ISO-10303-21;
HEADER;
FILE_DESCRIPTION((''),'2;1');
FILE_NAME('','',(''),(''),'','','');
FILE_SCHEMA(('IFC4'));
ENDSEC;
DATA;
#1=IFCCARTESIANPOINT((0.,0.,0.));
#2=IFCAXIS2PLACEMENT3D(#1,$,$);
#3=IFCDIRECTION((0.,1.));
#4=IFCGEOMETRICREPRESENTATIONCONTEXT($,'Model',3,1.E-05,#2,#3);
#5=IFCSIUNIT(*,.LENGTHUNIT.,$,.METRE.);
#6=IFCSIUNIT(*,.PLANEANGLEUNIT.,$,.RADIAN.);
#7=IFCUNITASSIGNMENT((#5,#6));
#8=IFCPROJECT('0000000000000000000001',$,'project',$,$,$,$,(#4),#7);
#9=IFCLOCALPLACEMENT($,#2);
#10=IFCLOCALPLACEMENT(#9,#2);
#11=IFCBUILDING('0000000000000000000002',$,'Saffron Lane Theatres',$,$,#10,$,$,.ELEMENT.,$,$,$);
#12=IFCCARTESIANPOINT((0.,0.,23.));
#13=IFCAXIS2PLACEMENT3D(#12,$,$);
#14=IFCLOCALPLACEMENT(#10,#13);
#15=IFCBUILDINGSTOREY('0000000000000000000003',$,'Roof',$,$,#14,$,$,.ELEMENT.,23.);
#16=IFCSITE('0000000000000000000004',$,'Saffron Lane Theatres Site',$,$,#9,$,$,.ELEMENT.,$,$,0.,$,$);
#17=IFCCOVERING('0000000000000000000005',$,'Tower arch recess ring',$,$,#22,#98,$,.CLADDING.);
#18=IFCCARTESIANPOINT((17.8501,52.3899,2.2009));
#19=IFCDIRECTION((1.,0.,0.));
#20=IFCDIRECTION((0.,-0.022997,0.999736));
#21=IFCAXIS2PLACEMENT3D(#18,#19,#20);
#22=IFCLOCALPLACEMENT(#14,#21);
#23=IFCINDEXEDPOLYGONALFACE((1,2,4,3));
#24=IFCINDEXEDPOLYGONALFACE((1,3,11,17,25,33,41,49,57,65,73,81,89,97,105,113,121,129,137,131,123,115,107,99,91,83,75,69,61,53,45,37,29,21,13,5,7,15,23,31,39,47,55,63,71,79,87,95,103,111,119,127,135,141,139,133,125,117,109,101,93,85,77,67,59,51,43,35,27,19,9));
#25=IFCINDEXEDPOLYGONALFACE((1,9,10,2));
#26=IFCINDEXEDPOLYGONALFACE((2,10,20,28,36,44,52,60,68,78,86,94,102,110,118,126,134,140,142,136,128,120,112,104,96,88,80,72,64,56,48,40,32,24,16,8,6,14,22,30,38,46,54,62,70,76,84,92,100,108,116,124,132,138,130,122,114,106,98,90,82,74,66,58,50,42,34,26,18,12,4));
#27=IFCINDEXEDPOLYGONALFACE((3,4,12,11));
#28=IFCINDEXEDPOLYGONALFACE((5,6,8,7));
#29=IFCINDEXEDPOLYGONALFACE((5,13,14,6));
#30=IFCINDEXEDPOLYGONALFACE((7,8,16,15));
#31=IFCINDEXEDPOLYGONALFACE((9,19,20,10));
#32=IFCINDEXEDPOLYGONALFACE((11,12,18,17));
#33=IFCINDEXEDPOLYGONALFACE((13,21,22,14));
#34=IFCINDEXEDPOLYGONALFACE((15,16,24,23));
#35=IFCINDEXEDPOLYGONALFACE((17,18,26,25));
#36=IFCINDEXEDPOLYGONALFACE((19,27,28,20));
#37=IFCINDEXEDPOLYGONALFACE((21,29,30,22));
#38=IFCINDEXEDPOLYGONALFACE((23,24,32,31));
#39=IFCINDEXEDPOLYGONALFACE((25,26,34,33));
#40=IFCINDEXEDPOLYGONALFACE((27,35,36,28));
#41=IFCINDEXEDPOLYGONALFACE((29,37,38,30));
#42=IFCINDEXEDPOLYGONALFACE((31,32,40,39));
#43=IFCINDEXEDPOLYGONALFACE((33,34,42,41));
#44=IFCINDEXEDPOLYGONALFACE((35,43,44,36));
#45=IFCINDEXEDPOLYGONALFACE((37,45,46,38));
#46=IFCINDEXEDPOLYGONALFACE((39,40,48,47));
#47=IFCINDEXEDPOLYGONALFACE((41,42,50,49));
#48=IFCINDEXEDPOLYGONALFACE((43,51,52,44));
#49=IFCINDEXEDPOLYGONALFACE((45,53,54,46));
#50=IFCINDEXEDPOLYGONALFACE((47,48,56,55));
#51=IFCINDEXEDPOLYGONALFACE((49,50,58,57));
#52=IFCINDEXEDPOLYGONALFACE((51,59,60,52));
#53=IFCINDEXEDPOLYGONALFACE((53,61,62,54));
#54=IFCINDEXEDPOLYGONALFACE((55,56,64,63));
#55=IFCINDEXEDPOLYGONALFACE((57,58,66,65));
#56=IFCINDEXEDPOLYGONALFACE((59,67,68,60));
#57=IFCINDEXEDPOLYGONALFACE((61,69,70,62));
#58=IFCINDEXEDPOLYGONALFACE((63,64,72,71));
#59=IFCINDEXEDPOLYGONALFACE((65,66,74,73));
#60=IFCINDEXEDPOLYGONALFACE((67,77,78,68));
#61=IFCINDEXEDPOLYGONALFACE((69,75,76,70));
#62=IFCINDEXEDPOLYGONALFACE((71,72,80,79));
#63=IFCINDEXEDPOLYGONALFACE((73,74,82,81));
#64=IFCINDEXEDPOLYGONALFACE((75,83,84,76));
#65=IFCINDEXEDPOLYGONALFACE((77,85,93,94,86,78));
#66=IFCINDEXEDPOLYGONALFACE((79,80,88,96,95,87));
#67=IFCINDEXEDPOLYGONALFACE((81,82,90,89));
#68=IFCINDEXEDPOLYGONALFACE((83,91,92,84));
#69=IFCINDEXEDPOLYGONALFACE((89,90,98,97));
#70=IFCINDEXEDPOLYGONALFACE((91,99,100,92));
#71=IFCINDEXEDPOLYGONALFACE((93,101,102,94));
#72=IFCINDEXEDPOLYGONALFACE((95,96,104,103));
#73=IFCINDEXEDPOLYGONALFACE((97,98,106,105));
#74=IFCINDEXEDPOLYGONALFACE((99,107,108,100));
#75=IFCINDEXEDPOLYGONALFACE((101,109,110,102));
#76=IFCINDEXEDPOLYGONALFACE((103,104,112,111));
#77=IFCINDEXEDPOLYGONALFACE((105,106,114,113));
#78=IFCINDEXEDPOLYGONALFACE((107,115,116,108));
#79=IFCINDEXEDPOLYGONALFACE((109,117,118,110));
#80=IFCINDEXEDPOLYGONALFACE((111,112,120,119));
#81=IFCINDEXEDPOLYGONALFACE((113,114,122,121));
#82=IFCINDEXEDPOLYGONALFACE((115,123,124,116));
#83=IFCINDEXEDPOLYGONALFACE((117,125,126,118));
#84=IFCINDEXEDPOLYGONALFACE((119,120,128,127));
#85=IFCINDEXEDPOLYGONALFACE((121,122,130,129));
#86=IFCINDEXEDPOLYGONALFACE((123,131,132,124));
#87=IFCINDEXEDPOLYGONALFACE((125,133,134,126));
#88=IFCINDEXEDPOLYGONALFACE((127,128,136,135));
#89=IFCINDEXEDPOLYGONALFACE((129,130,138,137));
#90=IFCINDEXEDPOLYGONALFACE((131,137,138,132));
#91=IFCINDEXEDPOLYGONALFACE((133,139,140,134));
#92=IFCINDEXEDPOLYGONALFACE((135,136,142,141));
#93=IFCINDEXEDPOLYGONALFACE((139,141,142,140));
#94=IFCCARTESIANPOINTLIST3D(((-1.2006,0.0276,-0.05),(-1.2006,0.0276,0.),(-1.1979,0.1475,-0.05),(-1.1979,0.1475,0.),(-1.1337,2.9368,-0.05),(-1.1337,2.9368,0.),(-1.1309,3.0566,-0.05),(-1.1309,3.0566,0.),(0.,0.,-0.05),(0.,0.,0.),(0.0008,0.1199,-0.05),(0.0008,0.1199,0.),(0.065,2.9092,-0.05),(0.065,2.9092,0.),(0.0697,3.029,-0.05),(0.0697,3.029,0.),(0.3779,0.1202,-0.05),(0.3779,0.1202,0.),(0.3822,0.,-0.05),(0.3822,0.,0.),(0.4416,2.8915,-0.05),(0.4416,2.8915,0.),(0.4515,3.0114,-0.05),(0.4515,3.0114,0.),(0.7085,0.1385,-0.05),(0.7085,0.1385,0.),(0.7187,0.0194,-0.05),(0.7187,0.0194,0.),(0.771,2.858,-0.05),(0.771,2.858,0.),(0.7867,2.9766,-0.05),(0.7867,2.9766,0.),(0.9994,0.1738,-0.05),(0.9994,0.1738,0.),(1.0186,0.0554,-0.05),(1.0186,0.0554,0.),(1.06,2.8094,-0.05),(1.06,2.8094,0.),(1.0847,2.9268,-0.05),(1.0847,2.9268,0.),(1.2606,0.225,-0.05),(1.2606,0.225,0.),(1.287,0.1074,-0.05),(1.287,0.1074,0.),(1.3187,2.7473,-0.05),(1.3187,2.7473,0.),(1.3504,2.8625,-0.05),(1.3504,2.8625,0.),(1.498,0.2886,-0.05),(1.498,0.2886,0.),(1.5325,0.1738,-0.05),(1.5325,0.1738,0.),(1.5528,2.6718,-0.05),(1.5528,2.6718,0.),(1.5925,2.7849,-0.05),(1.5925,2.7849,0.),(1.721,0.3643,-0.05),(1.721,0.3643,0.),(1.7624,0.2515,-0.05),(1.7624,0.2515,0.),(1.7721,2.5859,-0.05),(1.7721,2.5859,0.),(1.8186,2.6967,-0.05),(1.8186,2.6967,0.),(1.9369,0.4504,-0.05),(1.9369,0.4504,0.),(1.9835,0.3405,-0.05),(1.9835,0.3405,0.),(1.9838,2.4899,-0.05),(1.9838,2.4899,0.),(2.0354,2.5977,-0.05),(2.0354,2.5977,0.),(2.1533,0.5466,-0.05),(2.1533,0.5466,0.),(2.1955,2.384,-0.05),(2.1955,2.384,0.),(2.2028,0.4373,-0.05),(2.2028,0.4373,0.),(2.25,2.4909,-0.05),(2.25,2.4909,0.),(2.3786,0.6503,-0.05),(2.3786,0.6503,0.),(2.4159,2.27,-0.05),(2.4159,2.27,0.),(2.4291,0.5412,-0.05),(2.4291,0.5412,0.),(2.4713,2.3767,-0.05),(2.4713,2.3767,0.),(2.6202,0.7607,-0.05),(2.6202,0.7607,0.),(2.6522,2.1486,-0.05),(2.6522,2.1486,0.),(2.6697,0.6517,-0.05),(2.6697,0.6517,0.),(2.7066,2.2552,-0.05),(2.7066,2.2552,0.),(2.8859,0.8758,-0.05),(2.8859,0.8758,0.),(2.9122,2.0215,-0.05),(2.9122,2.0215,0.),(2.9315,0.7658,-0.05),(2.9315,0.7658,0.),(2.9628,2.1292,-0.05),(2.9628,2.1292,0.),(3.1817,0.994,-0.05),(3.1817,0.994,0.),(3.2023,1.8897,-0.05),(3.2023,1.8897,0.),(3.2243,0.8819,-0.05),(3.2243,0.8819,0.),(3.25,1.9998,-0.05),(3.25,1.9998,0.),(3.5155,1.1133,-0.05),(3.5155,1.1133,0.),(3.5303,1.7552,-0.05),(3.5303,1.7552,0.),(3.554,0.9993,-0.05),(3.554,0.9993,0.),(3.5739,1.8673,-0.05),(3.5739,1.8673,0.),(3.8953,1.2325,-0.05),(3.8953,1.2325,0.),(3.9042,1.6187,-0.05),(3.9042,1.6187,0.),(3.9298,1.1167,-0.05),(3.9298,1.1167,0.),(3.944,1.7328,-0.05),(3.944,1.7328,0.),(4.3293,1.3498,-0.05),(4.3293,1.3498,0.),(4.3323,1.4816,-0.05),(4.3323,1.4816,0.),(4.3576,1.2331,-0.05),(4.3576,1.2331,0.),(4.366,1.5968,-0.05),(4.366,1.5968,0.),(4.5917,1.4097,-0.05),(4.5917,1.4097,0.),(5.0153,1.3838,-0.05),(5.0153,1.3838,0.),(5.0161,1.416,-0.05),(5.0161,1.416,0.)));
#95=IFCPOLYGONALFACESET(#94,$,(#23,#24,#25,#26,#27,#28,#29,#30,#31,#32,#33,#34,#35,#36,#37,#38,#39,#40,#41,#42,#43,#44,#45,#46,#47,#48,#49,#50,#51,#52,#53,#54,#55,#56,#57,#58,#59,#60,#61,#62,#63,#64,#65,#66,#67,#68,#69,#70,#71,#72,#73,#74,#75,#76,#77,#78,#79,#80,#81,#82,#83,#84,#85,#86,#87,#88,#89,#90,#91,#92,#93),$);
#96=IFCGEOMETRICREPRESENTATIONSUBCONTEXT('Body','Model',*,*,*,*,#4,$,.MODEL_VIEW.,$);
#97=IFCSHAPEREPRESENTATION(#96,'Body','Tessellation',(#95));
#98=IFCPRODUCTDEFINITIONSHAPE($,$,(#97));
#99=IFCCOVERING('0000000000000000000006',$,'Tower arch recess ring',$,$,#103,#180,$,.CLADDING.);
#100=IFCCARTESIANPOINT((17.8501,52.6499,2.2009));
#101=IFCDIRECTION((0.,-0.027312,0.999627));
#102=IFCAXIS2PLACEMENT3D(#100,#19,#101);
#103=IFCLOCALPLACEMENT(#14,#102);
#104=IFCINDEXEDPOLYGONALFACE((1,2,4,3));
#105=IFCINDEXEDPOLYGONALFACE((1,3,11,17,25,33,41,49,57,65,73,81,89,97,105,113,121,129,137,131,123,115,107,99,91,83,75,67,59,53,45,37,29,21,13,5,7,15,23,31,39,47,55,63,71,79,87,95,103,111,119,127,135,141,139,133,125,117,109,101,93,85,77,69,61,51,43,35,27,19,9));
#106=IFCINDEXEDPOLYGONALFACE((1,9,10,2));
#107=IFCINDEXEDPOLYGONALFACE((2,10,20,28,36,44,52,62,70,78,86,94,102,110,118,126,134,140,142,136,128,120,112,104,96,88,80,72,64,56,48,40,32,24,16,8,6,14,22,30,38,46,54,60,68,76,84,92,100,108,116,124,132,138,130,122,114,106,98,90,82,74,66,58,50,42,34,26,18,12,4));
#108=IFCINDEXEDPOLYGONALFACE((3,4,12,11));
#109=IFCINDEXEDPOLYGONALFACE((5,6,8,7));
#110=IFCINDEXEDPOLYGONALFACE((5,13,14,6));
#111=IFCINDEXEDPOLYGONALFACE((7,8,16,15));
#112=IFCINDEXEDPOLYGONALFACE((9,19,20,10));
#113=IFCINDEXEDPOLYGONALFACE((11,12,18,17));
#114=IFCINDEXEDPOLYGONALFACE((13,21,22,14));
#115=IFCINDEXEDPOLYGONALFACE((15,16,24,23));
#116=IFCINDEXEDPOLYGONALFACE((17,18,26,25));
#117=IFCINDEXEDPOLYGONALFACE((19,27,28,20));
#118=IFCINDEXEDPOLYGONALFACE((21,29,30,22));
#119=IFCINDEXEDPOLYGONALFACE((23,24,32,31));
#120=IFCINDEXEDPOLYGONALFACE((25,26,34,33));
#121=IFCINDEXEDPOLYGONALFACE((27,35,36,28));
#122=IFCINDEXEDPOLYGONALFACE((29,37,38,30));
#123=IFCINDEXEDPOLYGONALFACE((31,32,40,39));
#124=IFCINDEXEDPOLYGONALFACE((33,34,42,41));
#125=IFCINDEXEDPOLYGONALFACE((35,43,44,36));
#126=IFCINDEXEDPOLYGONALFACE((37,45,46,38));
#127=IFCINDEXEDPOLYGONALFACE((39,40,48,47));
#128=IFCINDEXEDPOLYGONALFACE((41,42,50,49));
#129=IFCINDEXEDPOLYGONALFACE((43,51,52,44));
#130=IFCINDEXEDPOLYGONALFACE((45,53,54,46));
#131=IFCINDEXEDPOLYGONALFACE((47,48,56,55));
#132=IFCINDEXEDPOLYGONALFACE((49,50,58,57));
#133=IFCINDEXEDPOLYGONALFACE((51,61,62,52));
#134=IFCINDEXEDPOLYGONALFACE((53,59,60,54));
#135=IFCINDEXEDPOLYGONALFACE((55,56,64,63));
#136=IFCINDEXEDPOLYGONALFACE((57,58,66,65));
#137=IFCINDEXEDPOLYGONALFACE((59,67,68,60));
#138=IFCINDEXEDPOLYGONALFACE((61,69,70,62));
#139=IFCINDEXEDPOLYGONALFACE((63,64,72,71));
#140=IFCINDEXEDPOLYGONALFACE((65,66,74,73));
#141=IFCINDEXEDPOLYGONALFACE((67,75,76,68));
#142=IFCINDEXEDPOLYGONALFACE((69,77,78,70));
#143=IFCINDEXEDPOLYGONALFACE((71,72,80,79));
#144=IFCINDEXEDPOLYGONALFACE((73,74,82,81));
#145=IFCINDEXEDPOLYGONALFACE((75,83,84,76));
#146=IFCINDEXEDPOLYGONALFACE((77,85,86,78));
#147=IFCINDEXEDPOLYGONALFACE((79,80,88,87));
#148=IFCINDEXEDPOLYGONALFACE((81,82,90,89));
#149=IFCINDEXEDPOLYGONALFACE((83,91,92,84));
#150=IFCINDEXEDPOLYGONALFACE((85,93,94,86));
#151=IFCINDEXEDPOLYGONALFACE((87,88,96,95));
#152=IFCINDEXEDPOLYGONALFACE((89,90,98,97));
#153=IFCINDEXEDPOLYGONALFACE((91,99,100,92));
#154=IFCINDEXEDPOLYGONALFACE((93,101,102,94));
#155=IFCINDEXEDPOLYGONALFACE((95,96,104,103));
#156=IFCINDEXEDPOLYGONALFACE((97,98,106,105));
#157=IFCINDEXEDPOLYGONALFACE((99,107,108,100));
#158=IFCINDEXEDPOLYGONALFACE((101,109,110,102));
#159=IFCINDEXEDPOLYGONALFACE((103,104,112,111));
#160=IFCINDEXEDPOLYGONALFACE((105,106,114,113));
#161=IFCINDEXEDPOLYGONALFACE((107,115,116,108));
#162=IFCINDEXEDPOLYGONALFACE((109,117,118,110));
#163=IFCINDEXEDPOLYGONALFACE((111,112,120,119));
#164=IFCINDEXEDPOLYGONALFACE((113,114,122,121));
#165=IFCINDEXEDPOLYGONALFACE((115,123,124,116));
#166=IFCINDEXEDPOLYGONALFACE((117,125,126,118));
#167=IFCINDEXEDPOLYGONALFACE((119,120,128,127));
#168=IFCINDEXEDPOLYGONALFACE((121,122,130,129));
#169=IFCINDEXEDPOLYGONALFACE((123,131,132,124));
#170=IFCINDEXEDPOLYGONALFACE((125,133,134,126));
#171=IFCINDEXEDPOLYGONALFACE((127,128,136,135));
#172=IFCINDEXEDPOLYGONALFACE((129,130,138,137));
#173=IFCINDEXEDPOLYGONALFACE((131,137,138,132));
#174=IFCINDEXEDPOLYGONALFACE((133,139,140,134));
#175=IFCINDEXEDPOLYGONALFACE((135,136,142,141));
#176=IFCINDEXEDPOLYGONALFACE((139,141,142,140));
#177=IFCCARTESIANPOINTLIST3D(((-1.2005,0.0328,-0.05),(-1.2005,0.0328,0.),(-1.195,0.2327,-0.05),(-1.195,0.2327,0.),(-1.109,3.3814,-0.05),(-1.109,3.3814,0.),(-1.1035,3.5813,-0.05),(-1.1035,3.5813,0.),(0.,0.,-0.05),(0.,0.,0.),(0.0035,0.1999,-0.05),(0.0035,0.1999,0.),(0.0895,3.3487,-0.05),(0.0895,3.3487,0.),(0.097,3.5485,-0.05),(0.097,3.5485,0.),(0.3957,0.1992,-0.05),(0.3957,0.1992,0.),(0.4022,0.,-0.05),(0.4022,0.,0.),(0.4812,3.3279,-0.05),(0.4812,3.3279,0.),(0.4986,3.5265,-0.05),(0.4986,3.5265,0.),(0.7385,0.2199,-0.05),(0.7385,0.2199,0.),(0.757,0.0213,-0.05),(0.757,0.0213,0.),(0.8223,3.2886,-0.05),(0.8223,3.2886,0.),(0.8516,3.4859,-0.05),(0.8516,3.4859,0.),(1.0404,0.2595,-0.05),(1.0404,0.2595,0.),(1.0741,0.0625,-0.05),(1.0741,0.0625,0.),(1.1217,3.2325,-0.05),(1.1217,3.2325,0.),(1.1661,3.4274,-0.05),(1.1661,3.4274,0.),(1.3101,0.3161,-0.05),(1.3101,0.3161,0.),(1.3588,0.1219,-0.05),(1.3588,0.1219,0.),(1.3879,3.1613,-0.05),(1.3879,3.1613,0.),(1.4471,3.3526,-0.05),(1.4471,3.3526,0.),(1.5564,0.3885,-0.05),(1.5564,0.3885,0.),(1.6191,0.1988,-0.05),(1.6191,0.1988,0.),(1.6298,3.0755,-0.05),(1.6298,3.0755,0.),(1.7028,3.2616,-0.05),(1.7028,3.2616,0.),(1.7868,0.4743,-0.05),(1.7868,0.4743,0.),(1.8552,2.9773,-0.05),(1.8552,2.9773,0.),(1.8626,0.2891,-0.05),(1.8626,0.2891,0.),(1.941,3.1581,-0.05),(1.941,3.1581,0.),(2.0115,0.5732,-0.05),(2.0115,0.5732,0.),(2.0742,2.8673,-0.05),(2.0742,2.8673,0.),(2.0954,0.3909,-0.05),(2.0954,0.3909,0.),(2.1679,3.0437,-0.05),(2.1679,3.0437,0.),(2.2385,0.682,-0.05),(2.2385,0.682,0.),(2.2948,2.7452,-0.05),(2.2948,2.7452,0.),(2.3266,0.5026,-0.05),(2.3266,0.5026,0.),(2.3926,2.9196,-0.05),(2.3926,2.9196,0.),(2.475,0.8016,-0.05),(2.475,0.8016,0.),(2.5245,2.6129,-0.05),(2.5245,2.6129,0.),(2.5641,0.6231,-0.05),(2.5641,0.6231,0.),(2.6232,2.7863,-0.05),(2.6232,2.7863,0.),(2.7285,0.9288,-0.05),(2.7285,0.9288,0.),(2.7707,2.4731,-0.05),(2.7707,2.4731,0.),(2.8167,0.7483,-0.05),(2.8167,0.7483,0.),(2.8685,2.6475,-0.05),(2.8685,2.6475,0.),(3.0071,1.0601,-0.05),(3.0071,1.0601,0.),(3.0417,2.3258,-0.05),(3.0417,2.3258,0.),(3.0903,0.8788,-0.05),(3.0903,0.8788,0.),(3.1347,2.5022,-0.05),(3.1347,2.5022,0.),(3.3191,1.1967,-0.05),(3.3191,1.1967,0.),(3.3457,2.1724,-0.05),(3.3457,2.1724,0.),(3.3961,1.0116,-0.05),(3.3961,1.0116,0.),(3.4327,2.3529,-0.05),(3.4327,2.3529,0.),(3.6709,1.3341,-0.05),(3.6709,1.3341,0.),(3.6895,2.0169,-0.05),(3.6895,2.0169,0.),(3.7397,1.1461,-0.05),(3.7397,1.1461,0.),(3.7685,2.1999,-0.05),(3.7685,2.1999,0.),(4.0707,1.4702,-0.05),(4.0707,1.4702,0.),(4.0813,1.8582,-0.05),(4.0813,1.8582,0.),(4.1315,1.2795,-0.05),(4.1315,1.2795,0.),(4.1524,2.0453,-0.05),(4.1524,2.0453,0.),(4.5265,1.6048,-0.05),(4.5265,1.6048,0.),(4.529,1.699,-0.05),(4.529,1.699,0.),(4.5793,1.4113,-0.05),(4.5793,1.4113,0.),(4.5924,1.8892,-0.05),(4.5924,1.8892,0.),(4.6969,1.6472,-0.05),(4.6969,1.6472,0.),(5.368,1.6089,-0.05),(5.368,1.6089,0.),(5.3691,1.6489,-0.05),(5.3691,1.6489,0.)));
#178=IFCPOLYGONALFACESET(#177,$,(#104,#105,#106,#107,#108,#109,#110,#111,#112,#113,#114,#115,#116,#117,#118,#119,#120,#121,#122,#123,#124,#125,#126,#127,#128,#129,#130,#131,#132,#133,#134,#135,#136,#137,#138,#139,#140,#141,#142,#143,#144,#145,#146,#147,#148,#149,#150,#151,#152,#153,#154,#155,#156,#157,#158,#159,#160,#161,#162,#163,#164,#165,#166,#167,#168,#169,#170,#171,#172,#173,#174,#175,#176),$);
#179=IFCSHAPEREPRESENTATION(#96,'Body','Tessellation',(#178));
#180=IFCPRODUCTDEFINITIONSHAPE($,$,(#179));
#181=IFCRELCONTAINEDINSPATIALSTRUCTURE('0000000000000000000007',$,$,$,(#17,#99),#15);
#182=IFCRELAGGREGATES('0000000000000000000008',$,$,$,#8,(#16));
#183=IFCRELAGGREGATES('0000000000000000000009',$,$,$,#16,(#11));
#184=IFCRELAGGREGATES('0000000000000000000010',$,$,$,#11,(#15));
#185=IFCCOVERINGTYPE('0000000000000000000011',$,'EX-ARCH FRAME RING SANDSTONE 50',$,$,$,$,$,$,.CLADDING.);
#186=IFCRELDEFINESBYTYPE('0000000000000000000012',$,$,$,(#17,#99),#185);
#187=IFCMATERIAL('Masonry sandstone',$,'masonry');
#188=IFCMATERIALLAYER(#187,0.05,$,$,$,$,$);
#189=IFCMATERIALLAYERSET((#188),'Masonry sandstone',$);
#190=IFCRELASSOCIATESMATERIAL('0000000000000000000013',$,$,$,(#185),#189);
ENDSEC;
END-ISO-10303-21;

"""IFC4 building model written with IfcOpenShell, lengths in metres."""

from ifc_helpers import new_model, si_unit, direction, frame, origin, place, context, subcontext, project, spatial, polyline, outline, extrude, material, layer, layer_set, type_object, element, save


model = new_model("IFC4")

# Units and contexts
model_context = context("Model", 3, precision=1e-05, world=origin(), true_north=direction((0.0, 1.0)))
body_context = subcontext(model_context, "Body", "Model", "MODEL_VIEW")
ifc_project = project(units=[si_unit("LENGTHUNIT", "METRE"), si_unit("PLANEANGLEUNIT", "RADIAN")], contexts=[model_context])

# Site, building, storey
site_placement = place(None, origin())
site = spatial("IfcSite", under=ifc_project, at=site_placement, Name="Saffron Lane Theatres Site", CompositionType="ELEMENT", RefElevation=0.0)
building_placement = place(site_placement, origin())
building = spatial("IfcBuilding", under=site, at=building_placement, Name="Saffron Lane Theatres", CompositionType="ELEMENT")
storey_placement = place(building_placement, frame((0.0, 0.0, 23.0)))
storey = spatial("IfcBuildingStorey", under=building, at=storey_placement, Name="Roof", CompositionType="ELEMENT", Elevation=23.0)

# Coverings
ifc_material_1 = material(Name="Masonry sandstone", Category="masonry")
ifc_layer_1 = layer(ifc_material_1, 0.05)
ifc_layer_set_1 = layer_set([ifc_layer_1], Name="Masonry sandstone")
covering_type_1 = type_object("IfcCoveringType", Name="EX-ARCH FRAME RING SANDSTONE 50", PredefinedType="CLADDING", material=ifc_layer_set_1)
covering_1_placement = place(storey_placement, frame((17.8501, 52.3899, 2.2009), z_axis=(1.0, 0.0, 0.0), x_axis=(0.0, -0.022997, 0.999736)))
element("IfcCovering", 1, at=covering_1_placement, inside=storey, type_object=covering_type_1, Name="Tower arch recess ring", PredefinedType="CLADDING", context=body_context, shape_type="SweptSolid", body=[
    extrude(outline(polyline([(0.0, 0.0), (0.3822, 0.0), (0.7187, 0.0194), (1.0186, 0.0554), (1.287, 0.1074), (1.5325, 0.1738), (1.7624, 0.2515), (1.9835, 0.3405), (2.2028, 0.4373), (2.4291, 0.5412), (2.6697, 0.6517), (2.9315, 0.7658), (3.2243, 0.8819), (3.554, 0.9993), (3.9298, 1.1167), (4.3576, 1.2331), (5.0153, 1.3838), (5.0161, 1.416), (4.366, 1.5968), (3.944, 1.7328), (3.5739, 1.8673), (3.25, 1.9998), (2.9628, 2.1292), (2.7066, 2.2552), (2.4713, 2.3767), (2.25, 2.4909), (2.0354, 2.5977), (1.8186, 2.6967), (1.5925, 2.7849), (1.3504, 2.8625), (1.0847, 2.9268), (0.7867, 2.9766), (0.4515, 3.0114), (0.0697, 3.029), (-1.1309, 3.0566), (-1.1337, 2.9368), (0.065, 2.9092), (0.4416, 2.8915), (0.771, 2.858), (1.06, 2.8094), (1.3187, 2.7473), (1.5528, 2.6718), (1.7721, 2.5859), (1.9838, 2.4899), (2.1955, 2.384), (2.4159, 2.27), (2.6522, 2.1486), (2.9122, 2.0215), (3.2023, 1.8897), (3.5303, 1.7552), (3.9042, 1.6187), (4.3323, 1.4816), (4.5917, 1.4097), (4.3293, 1.3498), (3.8953, 1.2325), (3.5155, 1.1133), (3.1817, 0.994), (2.8859, 0.8758), (2.6202, 0.7607), (2.3786, 0.6503), (2.1533, 0.5466), (1.9369, 0.4504), (1.721, 0.3643), (1.498, 0.2886), (1.2606, 0.225), (0.9994, 0.1738), (0.7085, 0.1385), (0.3779, 0.1202), (0.0008, 0.1199), (-1.1979, 0.1475), (-1.2006, 0.0276), (0.0, 0.0)])), origin(), (0.0, 0.0, -1.0), 0.05),
])
covering_2_placement = place(storey_placement, frame((17.8501, 52.6499, 2.2009), z_axis=(1.0, 0.0, 0.0), x_axis=(0.0, -0.027312, 0.999627)))
element("IfcCovering", 2, at=covering_2_placement, inside=storey, type_object=covering_type_1, Name="Tower arch recess ring", PredefinedType="CLADDING", context=body_context, shape_type="SweptSolid", body=[
    extrude(outline(polyline([(0.0, 0.0), (0.4022, 0.0), (0.757, 0.0213), (1.0741, 0.0625), (1.3588, 0.1219), (1.6191, 0.1988), (1.8626, 0.2891), (2.0954, 0.3909), (2.3266, 0.5026), (2.5641, 0.6231), (2.8167, 0.7483), (3.0903, 0.8788), (3.3961, 1.0116), (3.7397, 1.1461), (4.1315, 1.2795), (4.5793, 1.4113), (5.368, 1.6089), (5.3691, 1.6489), (4.5924, 1.8892), (4.1524, 2.0453), (3.7685, 2.1999), (3.4327, 2.3529), (3.1347, 2.5022), (2.8685, 2.6475), (2.6232, 2.7863), (2.3926, 2.9196), (2.1679, 3.0437), (1.941, 3.1581), (1.7028, 3.2616), (1.4471, 3.3526), (1.1661, 3.4274), (0.8516, 3.4859), (0.4986, 3.5265), (0.097, 3.5485), (-1.1035, 3.5813), (-1.109, 3.3814), (0.0895, 3.3487), (0.4812, 3.3279), (0.8223, 3.2886), (1.1217, 3.2325), (1.3879, 3.1613), (1.6298, 3.0755), (1.8552, 2.9773), (2.0742, 2.8673), (2.2948, 2.7452), (2.5245, 2.6129), (2.7707, 2.4731), (3.0417, 2.3258), (3.3457, 2.1724), (3.6895, 2.0169), (4.0813, 1.8582), (4.529, 1.699), (4.6969, 1.6472), (4.5265, 1.6048), (4.0707, 1.4702), (3.6709, 1.3341), (3.3191, 1.1967), (3.0071, 1.0601), (2.7285, 0.9288), (2.475, 0.8016), (2.2385, 0.682), (2.0115, 0.5732), (1.7868, 0.4743), (1.5564, 0.3885), (1.3101, 0.3161), (1.0404, 0.2595), (0.7385, 0.2199), (0.3957, 0.1992), (0.0035, 0.1999), (-1.195, 0.2327), (-1.2005, 0.0328), (0.0, 0.0)])), origin(), (0.0, 0.0, -1.0), 0.05),
])

save(model, "model.ifc")
